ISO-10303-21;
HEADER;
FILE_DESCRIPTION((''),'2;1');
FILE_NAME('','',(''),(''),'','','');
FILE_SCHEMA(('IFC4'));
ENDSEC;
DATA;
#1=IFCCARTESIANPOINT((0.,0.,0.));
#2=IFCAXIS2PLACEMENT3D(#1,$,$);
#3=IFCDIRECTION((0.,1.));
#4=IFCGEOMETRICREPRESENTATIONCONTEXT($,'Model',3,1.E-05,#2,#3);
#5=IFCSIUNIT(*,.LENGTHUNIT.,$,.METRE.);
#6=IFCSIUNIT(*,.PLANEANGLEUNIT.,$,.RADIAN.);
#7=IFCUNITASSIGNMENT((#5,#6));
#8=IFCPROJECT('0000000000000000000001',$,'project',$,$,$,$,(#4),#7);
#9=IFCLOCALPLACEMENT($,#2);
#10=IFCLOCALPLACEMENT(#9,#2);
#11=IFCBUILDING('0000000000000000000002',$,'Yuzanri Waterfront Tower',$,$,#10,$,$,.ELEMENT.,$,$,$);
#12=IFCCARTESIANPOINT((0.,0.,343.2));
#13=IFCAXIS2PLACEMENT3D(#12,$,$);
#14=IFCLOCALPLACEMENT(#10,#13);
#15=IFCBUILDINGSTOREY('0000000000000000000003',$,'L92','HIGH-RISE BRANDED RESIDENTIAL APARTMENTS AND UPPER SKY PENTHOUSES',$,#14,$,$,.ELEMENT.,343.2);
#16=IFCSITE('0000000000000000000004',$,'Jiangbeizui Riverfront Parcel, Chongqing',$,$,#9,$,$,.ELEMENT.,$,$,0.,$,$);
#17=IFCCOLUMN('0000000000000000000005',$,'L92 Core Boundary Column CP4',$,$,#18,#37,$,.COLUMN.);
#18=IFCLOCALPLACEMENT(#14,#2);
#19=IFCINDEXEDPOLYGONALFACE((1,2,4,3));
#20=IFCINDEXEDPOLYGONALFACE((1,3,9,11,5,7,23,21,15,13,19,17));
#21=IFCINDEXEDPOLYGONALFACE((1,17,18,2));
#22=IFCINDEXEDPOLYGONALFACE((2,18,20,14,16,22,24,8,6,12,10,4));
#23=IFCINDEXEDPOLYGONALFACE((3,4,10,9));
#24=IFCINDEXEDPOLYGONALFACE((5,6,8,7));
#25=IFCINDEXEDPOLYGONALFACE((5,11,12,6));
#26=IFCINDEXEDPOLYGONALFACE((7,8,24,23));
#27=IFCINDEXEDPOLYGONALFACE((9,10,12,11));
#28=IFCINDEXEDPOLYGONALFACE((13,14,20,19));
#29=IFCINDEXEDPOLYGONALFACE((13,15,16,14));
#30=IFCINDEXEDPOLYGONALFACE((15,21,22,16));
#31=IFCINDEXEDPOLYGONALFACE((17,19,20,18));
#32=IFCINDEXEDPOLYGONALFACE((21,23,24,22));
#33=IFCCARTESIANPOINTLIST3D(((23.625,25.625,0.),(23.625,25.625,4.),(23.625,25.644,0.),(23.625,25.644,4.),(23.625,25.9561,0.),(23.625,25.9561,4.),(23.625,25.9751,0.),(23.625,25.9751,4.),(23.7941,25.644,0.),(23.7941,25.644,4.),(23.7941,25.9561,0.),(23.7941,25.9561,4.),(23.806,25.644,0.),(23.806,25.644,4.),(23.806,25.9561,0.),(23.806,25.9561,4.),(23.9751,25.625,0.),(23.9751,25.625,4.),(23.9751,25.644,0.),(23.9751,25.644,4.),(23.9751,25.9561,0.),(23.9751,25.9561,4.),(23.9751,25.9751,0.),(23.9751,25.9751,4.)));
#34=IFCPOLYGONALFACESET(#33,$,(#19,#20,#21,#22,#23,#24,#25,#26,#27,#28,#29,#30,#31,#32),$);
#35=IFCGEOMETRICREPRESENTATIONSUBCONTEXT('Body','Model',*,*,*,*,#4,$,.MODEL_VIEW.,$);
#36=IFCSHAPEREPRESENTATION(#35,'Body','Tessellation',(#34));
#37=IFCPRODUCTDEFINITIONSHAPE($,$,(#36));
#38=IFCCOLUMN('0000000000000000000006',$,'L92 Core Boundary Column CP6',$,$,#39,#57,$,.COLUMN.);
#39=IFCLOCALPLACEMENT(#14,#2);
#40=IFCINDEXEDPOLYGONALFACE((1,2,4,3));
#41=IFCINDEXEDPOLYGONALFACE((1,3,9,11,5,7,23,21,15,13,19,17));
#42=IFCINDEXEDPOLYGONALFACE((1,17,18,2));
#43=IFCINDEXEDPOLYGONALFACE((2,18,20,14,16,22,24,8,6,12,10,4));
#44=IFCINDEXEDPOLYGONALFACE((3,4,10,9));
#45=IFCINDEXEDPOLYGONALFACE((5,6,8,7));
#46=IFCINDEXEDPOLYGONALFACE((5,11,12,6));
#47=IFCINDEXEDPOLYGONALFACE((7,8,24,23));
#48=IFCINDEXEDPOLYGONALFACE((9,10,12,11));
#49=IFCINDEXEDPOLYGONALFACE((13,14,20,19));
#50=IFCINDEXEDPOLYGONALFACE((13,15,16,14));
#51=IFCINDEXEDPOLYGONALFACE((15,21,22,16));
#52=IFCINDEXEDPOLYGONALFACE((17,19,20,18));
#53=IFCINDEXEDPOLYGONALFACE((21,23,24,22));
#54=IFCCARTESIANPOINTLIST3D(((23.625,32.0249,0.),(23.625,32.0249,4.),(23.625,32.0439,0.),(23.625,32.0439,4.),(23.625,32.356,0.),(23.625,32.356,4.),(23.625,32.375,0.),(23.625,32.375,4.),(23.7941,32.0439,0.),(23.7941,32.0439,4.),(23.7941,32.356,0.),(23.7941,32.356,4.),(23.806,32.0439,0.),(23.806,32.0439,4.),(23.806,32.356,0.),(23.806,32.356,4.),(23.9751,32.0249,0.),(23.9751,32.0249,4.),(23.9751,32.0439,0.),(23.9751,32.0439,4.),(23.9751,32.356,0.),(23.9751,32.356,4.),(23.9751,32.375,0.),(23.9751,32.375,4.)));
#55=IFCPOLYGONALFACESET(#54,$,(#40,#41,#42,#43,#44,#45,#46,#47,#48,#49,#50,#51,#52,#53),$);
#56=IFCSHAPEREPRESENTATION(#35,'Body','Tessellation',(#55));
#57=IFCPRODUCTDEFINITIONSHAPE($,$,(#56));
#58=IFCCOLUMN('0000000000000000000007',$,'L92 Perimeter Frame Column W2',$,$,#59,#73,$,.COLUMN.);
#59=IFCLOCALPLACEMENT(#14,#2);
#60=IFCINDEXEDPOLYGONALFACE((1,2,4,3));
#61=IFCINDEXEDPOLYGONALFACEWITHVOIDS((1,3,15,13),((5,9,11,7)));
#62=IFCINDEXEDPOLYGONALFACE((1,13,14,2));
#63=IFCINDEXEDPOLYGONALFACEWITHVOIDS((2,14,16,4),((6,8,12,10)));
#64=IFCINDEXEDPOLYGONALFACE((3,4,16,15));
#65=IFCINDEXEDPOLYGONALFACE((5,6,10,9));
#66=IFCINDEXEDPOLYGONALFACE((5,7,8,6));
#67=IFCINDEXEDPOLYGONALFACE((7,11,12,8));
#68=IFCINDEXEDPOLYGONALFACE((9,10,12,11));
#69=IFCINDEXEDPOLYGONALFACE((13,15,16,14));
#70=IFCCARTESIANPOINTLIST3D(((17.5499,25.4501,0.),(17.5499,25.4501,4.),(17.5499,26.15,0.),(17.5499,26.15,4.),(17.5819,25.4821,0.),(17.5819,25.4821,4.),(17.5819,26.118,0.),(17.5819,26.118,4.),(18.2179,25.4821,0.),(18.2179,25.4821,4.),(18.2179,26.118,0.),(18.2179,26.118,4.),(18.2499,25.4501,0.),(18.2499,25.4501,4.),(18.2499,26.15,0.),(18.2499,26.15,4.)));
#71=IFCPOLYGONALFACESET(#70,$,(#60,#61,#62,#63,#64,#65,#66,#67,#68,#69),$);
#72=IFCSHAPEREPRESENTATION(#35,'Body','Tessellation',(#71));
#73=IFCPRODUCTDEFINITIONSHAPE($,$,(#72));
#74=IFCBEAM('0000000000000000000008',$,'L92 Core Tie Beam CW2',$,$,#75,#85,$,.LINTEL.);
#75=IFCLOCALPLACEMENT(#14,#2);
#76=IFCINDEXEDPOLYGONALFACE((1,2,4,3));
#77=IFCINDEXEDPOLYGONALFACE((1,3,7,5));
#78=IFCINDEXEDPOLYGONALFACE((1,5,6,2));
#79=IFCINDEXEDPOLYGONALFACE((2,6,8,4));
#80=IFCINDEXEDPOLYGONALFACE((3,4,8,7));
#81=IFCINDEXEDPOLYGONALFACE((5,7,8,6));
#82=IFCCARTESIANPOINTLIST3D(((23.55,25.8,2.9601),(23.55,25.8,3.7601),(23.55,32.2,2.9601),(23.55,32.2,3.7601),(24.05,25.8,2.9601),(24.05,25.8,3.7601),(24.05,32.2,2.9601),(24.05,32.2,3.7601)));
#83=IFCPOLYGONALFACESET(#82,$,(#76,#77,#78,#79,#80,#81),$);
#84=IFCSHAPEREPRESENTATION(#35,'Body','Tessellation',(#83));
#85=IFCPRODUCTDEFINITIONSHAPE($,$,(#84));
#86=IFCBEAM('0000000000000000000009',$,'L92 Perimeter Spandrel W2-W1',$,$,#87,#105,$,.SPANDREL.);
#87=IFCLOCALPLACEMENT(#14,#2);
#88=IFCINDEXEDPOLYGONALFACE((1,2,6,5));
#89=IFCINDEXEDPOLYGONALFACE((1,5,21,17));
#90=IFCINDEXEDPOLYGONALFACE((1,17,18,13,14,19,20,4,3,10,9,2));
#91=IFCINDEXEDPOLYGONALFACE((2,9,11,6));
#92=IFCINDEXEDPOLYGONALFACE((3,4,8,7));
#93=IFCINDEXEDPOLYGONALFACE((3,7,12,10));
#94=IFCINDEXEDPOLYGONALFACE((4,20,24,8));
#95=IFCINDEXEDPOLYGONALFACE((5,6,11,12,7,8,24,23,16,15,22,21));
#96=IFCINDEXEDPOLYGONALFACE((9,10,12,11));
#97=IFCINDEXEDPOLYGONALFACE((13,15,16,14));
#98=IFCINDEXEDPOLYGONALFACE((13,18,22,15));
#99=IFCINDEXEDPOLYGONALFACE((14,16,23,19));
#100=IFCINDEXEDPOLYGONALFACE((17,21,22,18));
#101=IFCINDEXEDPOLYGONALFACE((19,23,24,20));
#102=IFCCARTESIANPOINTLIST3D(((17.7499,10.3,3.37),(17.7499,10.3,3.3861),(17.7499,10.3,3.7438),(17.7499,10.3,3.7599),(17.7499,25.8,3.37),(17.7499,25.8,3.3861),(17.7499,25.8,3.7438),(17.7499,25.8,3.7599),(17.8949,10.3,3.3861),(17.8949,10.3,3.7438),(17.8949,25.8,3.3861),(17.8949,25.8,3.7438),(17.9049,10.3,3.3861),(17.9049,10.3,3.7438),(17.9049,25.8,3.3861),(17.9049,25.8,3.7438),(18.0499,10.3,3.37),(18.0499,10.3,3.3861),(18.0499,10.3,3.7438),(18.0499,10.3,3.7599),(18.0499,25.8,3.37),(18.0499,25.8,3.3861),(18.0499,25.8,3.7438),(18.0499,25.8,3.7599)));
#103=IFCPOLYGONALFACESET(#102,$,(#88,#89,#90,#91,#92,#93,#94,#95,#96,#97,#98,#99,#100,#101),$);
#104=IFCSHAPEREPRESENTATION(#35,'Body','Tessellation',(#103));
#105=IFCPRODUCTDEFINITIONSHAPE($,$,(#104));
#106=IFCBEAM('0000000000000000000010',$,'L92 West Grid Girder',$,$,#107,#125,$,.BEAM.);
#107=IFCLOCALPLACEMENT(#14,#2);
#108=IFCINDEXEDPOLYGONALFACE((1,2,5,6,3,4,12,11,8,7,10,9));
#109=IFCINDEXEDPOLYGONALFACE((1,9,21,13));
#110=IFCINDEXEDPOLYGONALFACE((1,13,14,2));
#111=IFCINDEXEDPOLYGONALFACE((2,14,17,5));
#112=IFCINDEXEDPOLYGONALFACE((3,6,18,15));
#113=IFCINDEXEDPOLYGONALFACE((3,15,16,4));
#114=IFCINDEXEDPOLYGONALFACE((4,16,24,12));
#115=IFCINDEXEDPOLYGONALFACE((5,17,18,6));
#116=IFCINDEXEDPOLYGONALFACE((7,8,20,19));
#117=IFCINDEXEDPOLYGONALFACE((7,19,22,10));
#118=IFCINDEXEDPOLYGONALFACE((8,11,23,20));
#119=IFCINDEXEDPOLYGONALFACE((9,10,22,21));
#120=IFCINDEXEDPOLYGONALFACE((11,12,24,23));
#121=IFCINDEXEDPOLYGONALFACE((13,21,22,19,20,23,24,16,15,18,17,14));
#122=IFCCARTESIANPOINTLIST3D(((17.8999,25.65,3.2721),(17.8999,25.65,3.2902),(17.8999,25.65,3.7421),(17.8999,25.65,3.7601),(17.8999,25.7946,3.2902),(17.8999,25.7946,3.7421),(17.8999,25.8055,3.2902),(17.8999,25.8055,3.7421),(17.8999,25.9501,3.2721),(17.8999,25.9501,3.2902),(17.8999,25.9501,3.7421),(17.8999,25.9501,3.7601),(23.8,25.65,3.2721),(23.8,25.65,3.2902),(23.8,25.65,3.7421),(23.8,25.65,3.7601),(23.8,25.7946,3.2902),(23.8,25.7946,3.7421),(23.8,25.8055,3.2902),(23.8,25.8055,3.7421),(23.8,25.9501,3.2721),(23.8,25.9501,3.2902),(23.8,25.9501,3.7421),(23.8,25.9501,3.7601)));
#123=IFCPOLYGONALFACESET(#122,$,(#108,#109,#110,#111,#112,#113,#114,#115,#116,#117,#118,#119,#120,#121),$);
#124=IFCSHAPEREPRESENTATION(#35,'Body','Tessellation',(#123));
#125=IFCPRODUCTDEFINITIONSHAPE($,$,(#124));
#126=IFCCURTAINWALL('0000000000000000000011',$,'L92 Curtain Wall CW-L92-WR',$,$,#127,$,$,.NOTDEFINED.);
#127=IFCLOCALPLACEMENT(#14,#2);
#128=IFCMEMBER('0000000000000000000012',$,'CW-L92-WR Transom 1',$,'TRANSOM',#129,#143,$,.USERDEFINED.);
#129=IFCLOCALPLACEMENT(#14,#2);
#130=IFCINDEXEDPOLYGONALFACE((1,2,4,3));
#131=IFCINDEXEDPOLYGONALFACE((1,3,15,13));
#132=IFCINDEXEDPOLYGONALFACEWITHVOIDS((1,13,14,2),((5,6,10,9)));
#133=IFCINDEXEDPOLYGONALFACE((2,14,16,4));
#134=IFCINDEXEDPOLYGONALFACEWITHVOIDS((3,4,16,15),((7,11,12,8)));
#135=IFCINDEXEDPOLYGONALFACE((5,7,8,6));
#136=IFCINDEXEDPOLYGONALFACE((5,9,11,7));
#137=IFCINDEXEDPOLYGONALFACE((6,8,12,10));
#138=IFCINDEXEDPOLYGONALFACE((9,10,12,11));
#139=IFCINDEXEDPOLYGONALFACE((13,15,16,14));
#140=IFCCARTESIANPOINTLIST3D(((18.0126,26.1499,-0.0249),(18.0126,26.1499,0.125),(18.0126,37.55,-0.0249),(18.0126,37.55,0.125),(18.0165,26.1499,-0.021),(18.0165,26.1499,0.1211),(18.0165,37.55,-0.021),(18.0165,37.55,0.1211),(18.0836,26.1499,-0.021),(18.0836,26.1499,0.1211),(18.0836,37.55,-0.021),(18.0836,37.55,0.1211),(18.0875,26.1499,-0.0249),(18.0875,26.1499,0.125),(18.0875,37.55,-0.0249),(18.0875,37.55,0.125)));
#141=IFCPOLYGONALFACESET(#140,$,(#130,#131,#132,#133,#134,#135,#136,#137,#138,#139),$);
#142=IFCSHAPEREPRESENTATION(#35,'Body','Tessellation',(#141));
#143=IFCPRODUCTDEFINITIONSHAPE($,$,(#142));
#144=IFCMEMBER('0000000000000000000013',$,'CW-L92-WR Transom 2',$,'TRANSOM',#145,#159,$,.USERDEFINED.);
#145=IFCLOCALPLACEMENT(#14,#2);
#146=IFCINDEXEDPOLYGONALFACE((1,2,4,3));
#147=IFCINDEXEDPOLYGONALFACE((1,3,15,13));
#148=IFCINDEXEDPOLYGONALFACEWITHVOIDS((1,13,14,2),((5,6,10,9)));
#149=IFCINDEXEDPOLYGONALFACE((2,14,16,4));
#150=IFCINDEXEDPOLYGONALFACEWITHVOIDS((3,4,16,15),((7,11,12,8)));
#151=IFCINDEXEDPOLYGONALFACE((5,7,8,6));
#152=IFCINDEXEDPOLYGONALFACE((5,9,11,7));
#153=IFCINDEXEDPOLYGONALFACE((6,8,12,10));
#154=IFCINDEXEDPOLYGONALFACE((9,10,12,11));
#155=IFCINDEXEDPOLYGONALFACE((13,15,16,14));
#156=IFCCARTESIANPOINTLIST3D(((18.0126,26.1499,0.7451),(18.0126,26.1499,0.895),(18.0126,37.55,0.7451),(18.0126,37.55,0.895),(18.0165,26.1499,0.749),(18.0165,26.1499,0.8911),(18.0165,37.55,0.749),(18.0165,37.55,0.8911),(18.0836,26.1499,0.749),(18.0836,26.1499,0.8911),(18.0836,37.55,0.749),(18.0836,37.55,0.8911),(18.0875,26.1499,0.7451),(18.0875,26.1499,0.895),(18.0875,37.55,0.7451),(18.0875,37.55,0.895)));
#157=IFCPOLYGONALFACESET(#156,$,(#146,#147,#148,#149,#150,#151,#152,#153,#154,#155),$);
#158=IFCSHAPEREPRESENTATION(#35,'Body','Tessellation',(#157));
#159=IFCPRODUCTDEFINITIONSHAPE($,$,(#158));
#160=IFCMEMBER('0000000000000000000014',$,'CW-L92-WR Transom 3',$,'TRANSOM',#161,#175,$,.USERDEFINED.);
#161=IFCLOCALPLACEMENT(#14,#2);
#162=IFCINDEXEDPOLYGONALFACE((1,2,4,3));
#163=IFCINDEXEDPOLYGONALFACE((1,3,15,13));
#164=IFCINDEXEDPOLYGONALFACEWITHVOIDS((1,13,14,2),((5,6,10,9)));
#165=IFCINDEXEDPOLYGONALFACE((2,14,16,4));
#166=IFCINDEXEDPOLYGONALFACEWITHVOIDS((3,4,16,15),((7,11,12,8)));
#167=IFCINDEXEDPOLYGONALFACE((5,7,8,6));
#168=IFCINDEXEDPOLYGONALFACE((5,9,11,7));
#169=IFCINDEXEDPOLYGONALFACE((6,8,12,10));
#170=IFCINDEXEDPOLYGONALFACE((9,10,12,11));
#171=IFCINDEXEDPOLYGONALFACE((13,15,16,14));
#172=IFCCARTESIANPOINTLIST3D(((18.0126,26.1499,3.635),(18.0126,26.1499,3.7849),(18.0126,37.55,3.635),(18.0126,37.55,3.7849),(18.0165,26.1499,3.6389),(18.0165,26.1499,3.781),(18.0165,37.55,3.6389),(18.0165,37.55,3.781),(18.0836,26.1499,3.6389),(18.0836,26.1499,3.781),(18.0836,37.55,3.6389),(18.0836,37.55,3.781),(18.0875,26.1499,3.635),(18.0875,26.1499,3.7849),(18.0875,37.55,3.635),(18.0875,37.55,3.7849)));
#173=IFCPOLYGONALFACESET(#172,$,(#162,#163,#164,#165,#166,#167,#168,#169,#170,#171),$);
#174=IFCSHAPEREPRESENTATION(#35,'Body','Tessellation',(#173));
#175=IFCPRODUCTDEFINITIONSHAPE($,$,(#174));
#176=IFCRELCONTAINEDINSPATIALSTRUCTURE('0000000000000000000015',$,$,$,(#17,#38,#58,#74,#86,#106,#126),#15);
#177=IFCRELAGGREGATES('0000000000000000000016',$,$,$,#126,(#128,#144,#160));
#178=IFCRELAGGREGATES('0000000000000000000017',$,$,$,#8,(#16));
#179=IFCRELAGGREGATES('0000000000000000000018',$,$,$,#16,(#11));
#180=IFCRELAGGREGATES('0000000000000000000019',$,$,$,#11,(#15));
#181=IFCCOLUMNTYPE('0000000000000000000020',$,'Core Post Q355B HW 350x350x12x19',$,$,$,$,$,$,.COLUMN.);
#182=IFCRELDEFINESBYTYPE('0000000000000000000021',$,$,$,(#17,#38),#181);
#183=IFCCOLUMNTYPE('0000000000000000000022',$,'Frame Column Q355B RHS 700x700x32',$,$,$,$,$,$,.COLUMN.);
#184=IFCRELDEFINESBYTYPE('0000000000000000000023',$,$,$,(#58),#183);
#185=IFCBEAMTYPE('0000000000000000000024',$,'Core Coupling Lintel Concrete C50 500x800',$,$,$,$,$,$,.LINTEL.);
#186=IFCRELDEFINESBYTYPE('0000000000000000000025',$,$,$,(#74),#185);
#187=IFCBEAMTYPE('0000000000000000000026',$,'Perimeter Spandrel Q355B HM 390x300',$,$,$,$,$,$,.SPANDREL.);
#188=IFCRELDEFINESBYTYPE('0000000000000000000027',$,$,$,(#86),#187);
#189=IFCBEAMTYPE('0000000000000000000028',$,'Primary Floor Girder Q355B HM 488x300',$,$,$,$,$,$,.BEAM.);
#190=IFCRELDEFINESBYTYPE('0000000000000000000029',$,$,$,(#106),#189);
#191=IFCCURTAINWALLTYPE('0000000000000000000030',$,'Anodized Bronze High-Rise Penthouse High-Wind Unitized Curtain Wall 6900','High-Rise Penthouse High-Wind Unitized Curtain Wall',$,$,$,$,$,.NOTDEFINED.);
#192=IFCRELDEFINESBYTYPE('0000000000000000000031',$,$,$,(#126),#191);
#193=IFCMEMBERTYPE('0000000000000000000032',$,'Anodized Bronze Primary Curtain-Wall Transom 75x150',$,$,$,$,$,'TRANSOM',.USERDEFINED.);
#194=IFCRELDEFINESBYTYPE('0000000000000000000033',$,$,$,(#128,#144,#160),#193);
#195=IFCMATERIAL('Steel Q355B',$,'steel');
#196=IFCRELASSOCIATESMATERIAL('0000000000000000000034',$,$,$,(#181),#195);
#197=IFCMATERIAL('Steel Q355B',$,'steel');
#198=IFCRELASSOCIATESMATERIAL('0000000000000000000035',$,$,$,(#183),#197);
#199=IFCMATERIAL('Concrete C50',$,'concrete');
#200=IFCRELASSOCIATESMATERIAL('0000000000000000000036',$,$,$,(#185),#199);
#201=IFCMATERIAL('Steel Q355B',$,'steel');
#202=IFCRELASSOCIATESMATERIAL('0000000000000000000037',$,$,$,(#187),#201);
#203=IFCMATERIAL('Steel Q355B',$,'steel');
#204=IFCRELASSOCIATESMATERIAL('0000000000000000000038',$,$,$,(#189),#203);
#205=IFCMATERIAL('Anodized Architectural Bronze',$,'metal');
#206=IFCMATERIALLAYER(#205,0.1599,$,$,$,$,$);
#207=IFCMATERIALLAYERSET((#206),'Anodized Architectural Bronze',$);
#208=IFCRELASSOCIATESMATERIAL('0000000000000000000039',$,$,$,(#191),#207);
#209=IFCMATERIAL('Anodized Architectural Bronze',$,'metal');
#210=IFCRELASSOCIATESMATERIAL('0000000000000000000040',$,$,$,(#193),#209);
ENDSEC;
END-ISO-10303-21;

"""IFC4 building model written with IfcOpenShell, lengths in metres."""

from ifc_helpers import new_model, si_unit, direction, frame, origin, origin_2d, place, context, subcontext, project, spatial, rectangle, hollow_rectangle, i_section, extrude, source, transform, mapped, material, layer, layer_set, material_profile, profile_set, type_object, element, aggregate, save


model = new_model("IFC4")

# Units and contexts
model_context = context("Model", 3, precision=1e-05, world=origin(), true_north=direction((0.0, 1.0)))
body_context = subcontext(model_context, "Body", "Model", "MODEL_VIEW")
ifc_project = project(units=[si_unit("LENGTHUNIT", "METRE"), si_unit("PLANEANGLEUNIT", "RADIAN")], contexts=[model_context])

# Site, building, storey
site_placement = place(None, origin())
site = spatial("IfcSite", under=ifc_project, at=site_placement, Name="Jiangbeizui Riverfront Parcel, Chongqing", CompositionType="ELEMENT", RefElevation=0.0)
building_placement = place(site_placement, origin())
building = spatial("IfcBuilding", under=site, at=building_placement, Name="Yuzanri Waterfront Tower", CompositionType="ELEMENT")
storey_placement = place(building_placement, frame((0.0, 0.0, 343.2)))
storey = spatial("IfcBuildingStorey", under=building, at=storey_placement, Name="L92", Description="HIGH-RISE BRANDED RESIDENTIAL APARTMENTS AND UPPER SKY PENTHOUSES", CompositionType="ELEMENT", Elevation=343.2)

# Columns
ifc_material_1 = material(Name="Steel Q355B", Category="steel")
ifc_material_profile_1 = material_profile(ifc_material_1, i_section(OverallWidth=0.3501, OverallDepth=0.3501, WebThickness=0.012, FlangeThickness=0.019, at=origin_2d()), Name="HW 350x350x12x19")
ifc_profile_set_1 = profile_set([ifc_material_profile_1], Name="Steel Q355B")
column_type_1 = type_object("IfcColumnType", Name="Core Post Q355B HW 350x350x12x19", PredefinedType="COLUMN", material=ifc_profile_set_1)
shared_shape_1 = source(origin(), body_context, "Body", "SweptSolid", [
    extrude(i_section(OverallWidth=0.3501, OverallDepth=0.3501, WebThickness=0.012, FlangeThickness=0.019, at=origin_2d()), origin(), (0.0, 0.0, 1.0), 4.0),
])
for number, where, z_axis, x_axis, name in (
    (1, (23.8, 25.8, 0.0), (0.0, 0.0, 1.0), (1.0, 0.0, 0.0), "L92 Core Boundary Column CP4"),
    (2, (23.8, 32.2, 0.0), (0.0, 0.0, 1.0), (1.0, 0.0, 0.0), "L92 Core Boundary Column CP6"),
):
    element("IfcColumn", number, at=place(storey_placement, frame(where, z_axis=z_axis, x_axis=x_axis)), inside=storey, type_object=column_type_1, Name=name, PredefinedType="COLUMN", context=body_context, shape_type="MappedRepresentation", body=[
        mapped(shared_shape_1, transform((0.0, 0.0, 0.0), scale=1.0)),
    ])
ifc_material_2 = material(Name="Steel Q355B", Category="steel")
ifc_material_profile_2 = material_profile(ifc_material_2, hollow_rectangle(XDim=0.7, YDim=0.7, WallThickness=0.032, at=origin_2d()), Name="RHS 700x700x32")
ifc_profile_set_2 = profile_set([ifc_material_profile_2], Name="Steel Q355B")
column_type_2 = type_object("IfcColumnType", Name="Frame Column Q355B RHS 700x700x32", PredefinedType="COLUMN", material=ifc_profile_set_2)
shared_shape_2 = source(origin(), body_context, "Body", "SweptSolid", [
    extrude(hollow_rectangle(XDim=0.7, YDim=0.7, WallThickness=0.032, at=origin_2d()), origin(), (0.0, 0.0, 1.0), 4.0),
])
column_placement = place(storey_placement, frame((17.8999, 25.8, 0.0), z_axis=(0.0, 0.0, 1.0), x_axis=(1.0, 0.0, 0.0)))
element("IfcColumn", 3, at=column_placement, inside=storey, type_object=column_type_2, Name="L92 Perimeter Frame Column W2", PredefinedType="COLUMN", context=body_context, shape_type="MappedRepresentation", body=[
    mapped(shared_shape_2, transform((0.0, 0.0, 0.0), scale=1.0)),
])

# Beams
ifc_material_3 = material(Name="Concrete C50", Category="concrete")
ifc_material_profile_3 = material_profile(ifc_material_3, rectangle(XDim=0.5, YDim=0.8, at=origin_2d()), Name="RC 500x800")
ifc_profile_set_3 = profile_set([ifc_material_profile_3], Name="Concrete C50")
beam_type_1 = type_object("IfcBeamType", Name="Core Coupling Lintel Concrete C50 500x800", PredefinedType="LINTEL", material=ifc_profile_set_3)
shared_shape_3 = source(origin(), body_context, "Body", "SweptSolid", [
    extrude(rectangle(XDim=0.5, YDim=0.8, at=origin_2d()), origin(), (0.0, 0.0, 1.0), 6.3999),
])
beam_1_placement = place(storey_placement, frame((23.8, 25.8, 3.3601), z_axis=(0.0, 1.0, 0.0), x_axis=(-1.0, 0.0, 0.0)))
element("IfcBeam", 4, at=beam_1_placement, inside=storey, type_object=beam_type_1, Name="L92 Core Tie Beam CW2", PredefinedType="LINTEL", context=body_context, shape_type="MappedRepresentation", body=[
    mapped(shared_shape_3, transform((0.0, 0.0, 0.0), scale=1.0)),
])
ifc_material_4 = material(Name="Steel Q355B", Category="steel")
ifc_material_profile_4 = material_profile(ifc_material_4, i_section(OverallWidth=0.3, OverallDepth=0.3899, WebThickness=0.01, FlangeThickness=0.0161, at=origin_2d()), Name="HM 390x300x10x16")
ifc_profile_set_4 = profile_set([ifc_material_profile_4], Name="Steel Q355B")
beam_type_2 = type_object("IfcBeamType", Name="Perimeter Spandrel Q355B HM 390x300", PredefinedType="SPANDREL", material=ifc_profile_set_4)
shared_shape_4 = source(origin(), body_context, "Body", "SweptSolid", [
    extrude(i_section(OverallWidth=0.3, OverallDepth=0.3899, WebThickness=0.01, FlangeThickness=0.0161, at=origin_2d()), origin(), (0.0, 0.0, 1.0), 15.5),
])
beam_2_placement = place(storey_placement, frame((17.8999, 25.8, 3.5649), z_axis=(0.0, -1.0, 0.0), x_axis=(1.0, 0.0, 0.0)))
element("IfcBeam", 5, at=beam_2_placement, inside=storey, type_object=beam_type_2, Name="L92 Perimeter Spandrel W2-W1", PredefinedType="SPANDREL", context=body_context, shape_type="MappedRepresentation", body=[
    mapped(shared_shape_4, transform((0.0, 0.0, 0.0), scale=1.0)),
])
ifc_material_5 = material(Name="Steel Q355B", Category="steel")
ifc_material_profile_5 = material_profile(ifc_material_5, i_section(OverallWidth=0.3, OverallDepth=0.488, WebThickness=0.011, FlangeThickness=0.0181, at=origin_2d()), Name="HM 488x300x11x18")
ifc_profile_set_5 = profile_set([ifc_material_profile_5], Name="Steel Q355B")
beam_type_3 = type_object("IfcBeamType", Name="Primary Floor Girder Q355B HM 488x300", PredefinedType="BEAM", material=ifc_profile_set_5)
shared_shape_5 = source(origin(), body_context, "Body", "SweptSolid", [
    extrude(i_section(OverallWidth=0.3, OverallDepth=0.488, WebThickness=0.011, FlangeThickness=0.0181, at=origin_2d()), origin(), (0.0, 0.0, 1.0), 5.9001),
])
beam_3_placement = place(storey_placement, frame((23.8, 25.8, 3.5161), z_axis=(-1.0, 0.0, 0.0), x_axis=(0.0, -1.0, 0.0)))
element("IfcBeam", 6, at=beam_3_placement, inside=storey, type_object=beam_type_3, Name="L92 West Grid Girder", PredefinedType="BEAM", context=body_context, shape_type="MappedRepresentation", body=[
    mapped(shared_shape_5, transform((0.0, 0.0, 0.0), scale=1.0)),
])

# Curtain wall, members
ifc_material_6 = material(Name="Anodized Architectural Bronze", Category="metal")
ifc_layer_1 = layer(ifc_material_6, 0.1599)
ifc_layer_set_1 = layer_set([ifc_layer_1], Name="Anodized Architectural Bronze")
curtain_wall_type = type_object("IfcCurtainWallType", Name="Anodized Bronze High-Rise Penthouse High-Wind Unitized Curtain Wall 6900", Description="High-Rise Penthouse High-Wind Unitized Curtain Wall", PredefinedType="NOTDEFINED", material=ifc_layer_set_1)
curtain_wall_1_placement = place(storey_placement, origin())
curtain_wall_1 = element("IfcCurtainWall", 7, at=curtain_wall_1_placement, inside=storey, type_object=curtain_wall_type, Name="L92 Curtain Wall CW-L92-WR", PredefinedType="NOTDEFINED")
ifc_material_7 = material(Name="Anodized Architectural Bronze", Category="metal")
ifc_material_profile_6 = material_profile(ifc_material_7, hollow_rectangle(XDim=0.075, YDim=0.1499, WallThickness=0.0039, at=origin_2d()), Name="CWT 75x150")
ifc_profile_set_6 = profile_set([ifc_material_profile_6], Name="Anodized Architectural Bronze")
member_type_1 = type_object("IfcMemberType", Name="Anodized Bronze Primary Curtain-Wall Transom 75x150", ElementType="TRANSOM", PredefinedType="USERDEFINED", material=ifc_profile_set_6)
shared_shape_6 = source(origin(), body_context, "Body", "SweptSolid", [
    extrude(hollow_rectangle(XDim=0.075, YDim=0.1499, WallThickness=0.0039, at=origin_2d()), origin(), (0.0, 0.0, 1.0), 11.4001),
])
member_1_placement = place(storey_placement, frame((18.05, 26.1499, 0.05), z_axis=(0.0, 1.0, 0.0), x_axis=(-1.0, 0.0, 0.0)))
member_1 = element("IfcMember", 8, at=member_1_placement, type_object=member_type_1, Name="CW-L92-WR Transom 1", ObjectType="TRANSOM", PredefinedType="USERDEFINED", context=body_context, shape_type="MappedRepresentation", body=[
    mapped(shared_shape_6, transform((0.0, 0.0, 0.0), scale=1.0)),
])
member_2_placement = place(storey_placement, frame((18.05, 26.1499, 0.8201), z_axis=(0.0, 1.0, 0.0), x_axis=(-1.0, 0.0, 0.0)))
member_2 = element("IfcMember", 9, at=member_2_placement, type_object=member_type_1, Name="CW-L92-WR Transom 2", ObjectType="TRANSOM", PredefinedType="USERDEFINED", context=body_context, shape_type="MappedRepresentation", body=[
    mapped(shared_shape_6, transform((0.0, 0.0, 0.0), scale=1.0)),
])
member_3_placement = place(storey_placement, frame((18.05, 26.1499, 3.71), z_axis=(0.0, 1.0, 0.0), x_axis=(-1.0, 0.0, 0.0)))
member_3 = element("IfcMember", 10, at=member_3_placement, type_object=member_type_1, Name="CW-L92-WR Transom 3", ObjectType="TRANSOM", PredefinedType="USERDEFINED", context=body_context, shape_type="MappedRepresentation", body=[
    mapped(shared_shape_6, transform((0.0, 0.0, 0.0), scale=1.0)),
])

aggregate(curtain_wall_1, [member_1, member_2, member_3])

save(model, "model.ifc")
